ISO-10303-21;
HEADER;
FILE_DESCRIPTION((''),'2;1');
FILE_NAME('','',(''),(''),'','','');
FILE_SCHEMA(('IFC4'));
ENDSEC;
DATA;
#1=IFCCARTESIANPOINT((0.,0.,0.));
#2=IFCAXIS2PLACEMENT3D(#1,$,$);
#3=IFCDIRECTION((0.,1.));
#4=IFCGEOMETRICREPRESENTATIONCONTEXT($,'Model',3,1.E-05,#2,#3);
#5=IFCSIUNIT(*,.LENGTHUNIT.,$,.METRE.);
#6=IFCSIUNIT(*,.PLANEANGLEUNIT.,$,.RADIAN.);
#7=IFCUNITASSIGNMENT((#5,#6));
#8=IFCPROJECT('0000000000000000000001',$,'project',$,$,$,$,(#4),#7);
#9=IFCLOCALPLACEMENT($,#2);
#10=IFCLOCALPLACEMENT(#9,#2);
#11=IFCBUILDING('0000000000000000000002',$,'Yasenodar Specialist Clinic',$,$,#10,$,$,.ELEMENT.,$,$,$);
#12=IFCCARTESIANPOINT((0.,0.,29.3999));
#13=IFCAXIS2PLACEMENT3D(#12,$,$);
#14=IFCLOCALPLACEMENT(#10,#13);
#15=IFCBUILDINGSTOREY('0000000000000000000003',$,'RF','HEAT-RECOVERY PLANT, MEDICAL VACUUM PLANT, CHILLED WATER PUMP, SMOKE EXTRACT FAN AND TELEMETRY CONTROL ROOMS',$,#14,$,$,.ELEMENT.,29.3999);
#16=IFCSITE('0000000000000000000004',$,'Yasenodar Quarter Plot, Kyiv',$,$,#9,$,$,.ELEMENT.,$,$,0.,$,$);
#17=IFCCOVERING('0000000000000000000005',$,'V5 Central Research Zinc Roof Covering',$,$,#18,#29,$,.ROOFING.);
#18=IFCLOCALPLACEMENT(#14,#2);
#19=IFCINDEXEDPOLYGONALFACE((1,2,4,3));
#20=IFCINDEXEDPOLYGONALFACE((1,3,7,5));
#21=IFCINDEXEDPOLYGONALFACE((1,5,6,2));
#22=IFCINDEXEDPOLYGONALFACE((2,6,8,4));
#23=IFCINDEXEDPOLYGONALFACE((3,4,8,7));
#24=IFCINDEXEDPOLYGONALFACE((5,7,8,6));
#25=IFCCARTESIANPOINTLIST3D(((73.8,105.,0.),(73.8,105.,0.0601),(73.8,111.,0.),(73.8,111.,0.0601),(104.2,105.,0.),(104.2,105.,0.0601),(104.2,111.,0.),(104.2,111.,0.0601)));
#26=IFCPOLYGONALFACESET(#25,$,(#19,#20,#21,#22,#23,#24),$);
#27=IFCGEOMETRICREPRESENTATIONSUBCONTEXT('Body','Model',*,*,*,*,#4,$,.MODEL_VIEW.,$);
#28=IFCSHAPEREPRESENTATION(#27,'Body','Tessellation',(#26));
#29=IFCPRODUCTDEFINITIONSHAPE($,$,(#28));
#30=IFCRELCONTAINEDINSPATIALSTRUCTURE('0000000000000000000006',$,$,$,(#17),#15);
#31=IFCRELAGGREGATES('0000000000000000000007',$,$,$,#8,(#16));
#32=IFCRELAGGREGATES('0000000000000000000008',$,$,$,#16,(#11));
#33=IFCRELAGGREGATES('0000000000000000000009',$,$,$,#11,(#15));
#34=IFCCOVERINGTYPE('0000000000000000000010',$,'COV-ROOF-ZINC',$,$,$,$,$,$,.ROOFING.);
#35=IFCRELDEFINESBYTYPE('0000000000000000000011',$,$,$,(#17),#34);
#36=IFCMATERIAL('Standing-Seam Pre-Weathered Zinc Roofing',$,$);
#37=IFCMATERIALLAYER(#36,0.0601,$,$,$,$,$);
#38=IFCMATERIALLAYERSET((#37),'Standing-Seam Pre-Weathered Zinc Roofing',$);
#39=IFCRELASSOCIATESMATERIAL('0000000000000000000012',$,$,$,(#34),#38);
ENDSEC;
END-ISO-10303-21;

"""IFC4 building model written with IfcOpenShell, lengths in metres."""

from ifc_helpers import new_model, si_unit, direction, frame, origin, place, context, subcontext, project, spatial, polyline, outline, extrude, material, layer, layer_set, type_object, element, save


model = new_model("IFC4")

# Units and contexts
model_context = context("Model", 3, precision=1e-05, world=origin(), true_north=direction((0.0, 1.0)))
body_context = subcontext(model_context, "Body", "Model", "MODEL_VIEW")
ifc_project = project(units=[si_unit("LENGTHUNIT", "METRE"), si_unit("PLANEANGLEUNIT", "RADIAN")], contexts=[model_context])

# Site, building, storey
site_placement = place(None, origin())
site = spatial("IfcSite", under=ifc_project, at=site_placement, Name="Yasenodar Quarter Plot, Kyiv", CompositionType="ELEMENT", RefElevation=0.0)
building_placement = place(site_placement, origin())
building = spatial("IfcBuilding", under=site, at=building_placement, Name="Yasenodar Specialist Clinic", CompositionType="ELEMENT")
storey_placement = place(building_placement, frame((0.0, 0.0, 29.3999)))
storey = spatial("IfcBuildingStorey", under=building, at=storey_placement, Name="RF", Description="HEAT-RECOVERY PLANT, MEDICAL VACUUM PLANT, CHILLED WATER PUMP, SMOKE EXTRACT FAN AND TELEMETRY CONTROL ROOMS", CompositionType="ELEMENT", Elevation=29.3999)

# Covering
ifc_material_1 = material(Name="Standing-Seam Pre-Weathered Zinc Roofing")
ifc_layer_1 = layer(ifc_material_1, 0.0601)
ifc_layer_set_1 = layer_set([ifc_layer_1], Name="Standing-Seam Pre-Weathered Zinc Roofing")
covering_type = type_object("IfcCoveringType", Name="COV-ROOF-ZINC", PredefinedType="ROOFING", material=ifc_layer_set_1)
covering_placement = place(storey_placement, origin())
element("IfcCovering", 1, at=covering_placement, inside=storey, type_object=covering_type, Name="V5 Central Research Zinc Roof Covering", PredefinedType="ROOFING", context=body_context, shape_type="SweptSolid", body=[
    extrude(outline(polyline([(73.8, 105.0), (104.2, 105.0), (104.2, 111.0), (73.8, 111.0), (73.8, 105.0)])), origin(), (0.0, 0.0, 1.0), 0.0601),
])

save(model, "model.ifc")
